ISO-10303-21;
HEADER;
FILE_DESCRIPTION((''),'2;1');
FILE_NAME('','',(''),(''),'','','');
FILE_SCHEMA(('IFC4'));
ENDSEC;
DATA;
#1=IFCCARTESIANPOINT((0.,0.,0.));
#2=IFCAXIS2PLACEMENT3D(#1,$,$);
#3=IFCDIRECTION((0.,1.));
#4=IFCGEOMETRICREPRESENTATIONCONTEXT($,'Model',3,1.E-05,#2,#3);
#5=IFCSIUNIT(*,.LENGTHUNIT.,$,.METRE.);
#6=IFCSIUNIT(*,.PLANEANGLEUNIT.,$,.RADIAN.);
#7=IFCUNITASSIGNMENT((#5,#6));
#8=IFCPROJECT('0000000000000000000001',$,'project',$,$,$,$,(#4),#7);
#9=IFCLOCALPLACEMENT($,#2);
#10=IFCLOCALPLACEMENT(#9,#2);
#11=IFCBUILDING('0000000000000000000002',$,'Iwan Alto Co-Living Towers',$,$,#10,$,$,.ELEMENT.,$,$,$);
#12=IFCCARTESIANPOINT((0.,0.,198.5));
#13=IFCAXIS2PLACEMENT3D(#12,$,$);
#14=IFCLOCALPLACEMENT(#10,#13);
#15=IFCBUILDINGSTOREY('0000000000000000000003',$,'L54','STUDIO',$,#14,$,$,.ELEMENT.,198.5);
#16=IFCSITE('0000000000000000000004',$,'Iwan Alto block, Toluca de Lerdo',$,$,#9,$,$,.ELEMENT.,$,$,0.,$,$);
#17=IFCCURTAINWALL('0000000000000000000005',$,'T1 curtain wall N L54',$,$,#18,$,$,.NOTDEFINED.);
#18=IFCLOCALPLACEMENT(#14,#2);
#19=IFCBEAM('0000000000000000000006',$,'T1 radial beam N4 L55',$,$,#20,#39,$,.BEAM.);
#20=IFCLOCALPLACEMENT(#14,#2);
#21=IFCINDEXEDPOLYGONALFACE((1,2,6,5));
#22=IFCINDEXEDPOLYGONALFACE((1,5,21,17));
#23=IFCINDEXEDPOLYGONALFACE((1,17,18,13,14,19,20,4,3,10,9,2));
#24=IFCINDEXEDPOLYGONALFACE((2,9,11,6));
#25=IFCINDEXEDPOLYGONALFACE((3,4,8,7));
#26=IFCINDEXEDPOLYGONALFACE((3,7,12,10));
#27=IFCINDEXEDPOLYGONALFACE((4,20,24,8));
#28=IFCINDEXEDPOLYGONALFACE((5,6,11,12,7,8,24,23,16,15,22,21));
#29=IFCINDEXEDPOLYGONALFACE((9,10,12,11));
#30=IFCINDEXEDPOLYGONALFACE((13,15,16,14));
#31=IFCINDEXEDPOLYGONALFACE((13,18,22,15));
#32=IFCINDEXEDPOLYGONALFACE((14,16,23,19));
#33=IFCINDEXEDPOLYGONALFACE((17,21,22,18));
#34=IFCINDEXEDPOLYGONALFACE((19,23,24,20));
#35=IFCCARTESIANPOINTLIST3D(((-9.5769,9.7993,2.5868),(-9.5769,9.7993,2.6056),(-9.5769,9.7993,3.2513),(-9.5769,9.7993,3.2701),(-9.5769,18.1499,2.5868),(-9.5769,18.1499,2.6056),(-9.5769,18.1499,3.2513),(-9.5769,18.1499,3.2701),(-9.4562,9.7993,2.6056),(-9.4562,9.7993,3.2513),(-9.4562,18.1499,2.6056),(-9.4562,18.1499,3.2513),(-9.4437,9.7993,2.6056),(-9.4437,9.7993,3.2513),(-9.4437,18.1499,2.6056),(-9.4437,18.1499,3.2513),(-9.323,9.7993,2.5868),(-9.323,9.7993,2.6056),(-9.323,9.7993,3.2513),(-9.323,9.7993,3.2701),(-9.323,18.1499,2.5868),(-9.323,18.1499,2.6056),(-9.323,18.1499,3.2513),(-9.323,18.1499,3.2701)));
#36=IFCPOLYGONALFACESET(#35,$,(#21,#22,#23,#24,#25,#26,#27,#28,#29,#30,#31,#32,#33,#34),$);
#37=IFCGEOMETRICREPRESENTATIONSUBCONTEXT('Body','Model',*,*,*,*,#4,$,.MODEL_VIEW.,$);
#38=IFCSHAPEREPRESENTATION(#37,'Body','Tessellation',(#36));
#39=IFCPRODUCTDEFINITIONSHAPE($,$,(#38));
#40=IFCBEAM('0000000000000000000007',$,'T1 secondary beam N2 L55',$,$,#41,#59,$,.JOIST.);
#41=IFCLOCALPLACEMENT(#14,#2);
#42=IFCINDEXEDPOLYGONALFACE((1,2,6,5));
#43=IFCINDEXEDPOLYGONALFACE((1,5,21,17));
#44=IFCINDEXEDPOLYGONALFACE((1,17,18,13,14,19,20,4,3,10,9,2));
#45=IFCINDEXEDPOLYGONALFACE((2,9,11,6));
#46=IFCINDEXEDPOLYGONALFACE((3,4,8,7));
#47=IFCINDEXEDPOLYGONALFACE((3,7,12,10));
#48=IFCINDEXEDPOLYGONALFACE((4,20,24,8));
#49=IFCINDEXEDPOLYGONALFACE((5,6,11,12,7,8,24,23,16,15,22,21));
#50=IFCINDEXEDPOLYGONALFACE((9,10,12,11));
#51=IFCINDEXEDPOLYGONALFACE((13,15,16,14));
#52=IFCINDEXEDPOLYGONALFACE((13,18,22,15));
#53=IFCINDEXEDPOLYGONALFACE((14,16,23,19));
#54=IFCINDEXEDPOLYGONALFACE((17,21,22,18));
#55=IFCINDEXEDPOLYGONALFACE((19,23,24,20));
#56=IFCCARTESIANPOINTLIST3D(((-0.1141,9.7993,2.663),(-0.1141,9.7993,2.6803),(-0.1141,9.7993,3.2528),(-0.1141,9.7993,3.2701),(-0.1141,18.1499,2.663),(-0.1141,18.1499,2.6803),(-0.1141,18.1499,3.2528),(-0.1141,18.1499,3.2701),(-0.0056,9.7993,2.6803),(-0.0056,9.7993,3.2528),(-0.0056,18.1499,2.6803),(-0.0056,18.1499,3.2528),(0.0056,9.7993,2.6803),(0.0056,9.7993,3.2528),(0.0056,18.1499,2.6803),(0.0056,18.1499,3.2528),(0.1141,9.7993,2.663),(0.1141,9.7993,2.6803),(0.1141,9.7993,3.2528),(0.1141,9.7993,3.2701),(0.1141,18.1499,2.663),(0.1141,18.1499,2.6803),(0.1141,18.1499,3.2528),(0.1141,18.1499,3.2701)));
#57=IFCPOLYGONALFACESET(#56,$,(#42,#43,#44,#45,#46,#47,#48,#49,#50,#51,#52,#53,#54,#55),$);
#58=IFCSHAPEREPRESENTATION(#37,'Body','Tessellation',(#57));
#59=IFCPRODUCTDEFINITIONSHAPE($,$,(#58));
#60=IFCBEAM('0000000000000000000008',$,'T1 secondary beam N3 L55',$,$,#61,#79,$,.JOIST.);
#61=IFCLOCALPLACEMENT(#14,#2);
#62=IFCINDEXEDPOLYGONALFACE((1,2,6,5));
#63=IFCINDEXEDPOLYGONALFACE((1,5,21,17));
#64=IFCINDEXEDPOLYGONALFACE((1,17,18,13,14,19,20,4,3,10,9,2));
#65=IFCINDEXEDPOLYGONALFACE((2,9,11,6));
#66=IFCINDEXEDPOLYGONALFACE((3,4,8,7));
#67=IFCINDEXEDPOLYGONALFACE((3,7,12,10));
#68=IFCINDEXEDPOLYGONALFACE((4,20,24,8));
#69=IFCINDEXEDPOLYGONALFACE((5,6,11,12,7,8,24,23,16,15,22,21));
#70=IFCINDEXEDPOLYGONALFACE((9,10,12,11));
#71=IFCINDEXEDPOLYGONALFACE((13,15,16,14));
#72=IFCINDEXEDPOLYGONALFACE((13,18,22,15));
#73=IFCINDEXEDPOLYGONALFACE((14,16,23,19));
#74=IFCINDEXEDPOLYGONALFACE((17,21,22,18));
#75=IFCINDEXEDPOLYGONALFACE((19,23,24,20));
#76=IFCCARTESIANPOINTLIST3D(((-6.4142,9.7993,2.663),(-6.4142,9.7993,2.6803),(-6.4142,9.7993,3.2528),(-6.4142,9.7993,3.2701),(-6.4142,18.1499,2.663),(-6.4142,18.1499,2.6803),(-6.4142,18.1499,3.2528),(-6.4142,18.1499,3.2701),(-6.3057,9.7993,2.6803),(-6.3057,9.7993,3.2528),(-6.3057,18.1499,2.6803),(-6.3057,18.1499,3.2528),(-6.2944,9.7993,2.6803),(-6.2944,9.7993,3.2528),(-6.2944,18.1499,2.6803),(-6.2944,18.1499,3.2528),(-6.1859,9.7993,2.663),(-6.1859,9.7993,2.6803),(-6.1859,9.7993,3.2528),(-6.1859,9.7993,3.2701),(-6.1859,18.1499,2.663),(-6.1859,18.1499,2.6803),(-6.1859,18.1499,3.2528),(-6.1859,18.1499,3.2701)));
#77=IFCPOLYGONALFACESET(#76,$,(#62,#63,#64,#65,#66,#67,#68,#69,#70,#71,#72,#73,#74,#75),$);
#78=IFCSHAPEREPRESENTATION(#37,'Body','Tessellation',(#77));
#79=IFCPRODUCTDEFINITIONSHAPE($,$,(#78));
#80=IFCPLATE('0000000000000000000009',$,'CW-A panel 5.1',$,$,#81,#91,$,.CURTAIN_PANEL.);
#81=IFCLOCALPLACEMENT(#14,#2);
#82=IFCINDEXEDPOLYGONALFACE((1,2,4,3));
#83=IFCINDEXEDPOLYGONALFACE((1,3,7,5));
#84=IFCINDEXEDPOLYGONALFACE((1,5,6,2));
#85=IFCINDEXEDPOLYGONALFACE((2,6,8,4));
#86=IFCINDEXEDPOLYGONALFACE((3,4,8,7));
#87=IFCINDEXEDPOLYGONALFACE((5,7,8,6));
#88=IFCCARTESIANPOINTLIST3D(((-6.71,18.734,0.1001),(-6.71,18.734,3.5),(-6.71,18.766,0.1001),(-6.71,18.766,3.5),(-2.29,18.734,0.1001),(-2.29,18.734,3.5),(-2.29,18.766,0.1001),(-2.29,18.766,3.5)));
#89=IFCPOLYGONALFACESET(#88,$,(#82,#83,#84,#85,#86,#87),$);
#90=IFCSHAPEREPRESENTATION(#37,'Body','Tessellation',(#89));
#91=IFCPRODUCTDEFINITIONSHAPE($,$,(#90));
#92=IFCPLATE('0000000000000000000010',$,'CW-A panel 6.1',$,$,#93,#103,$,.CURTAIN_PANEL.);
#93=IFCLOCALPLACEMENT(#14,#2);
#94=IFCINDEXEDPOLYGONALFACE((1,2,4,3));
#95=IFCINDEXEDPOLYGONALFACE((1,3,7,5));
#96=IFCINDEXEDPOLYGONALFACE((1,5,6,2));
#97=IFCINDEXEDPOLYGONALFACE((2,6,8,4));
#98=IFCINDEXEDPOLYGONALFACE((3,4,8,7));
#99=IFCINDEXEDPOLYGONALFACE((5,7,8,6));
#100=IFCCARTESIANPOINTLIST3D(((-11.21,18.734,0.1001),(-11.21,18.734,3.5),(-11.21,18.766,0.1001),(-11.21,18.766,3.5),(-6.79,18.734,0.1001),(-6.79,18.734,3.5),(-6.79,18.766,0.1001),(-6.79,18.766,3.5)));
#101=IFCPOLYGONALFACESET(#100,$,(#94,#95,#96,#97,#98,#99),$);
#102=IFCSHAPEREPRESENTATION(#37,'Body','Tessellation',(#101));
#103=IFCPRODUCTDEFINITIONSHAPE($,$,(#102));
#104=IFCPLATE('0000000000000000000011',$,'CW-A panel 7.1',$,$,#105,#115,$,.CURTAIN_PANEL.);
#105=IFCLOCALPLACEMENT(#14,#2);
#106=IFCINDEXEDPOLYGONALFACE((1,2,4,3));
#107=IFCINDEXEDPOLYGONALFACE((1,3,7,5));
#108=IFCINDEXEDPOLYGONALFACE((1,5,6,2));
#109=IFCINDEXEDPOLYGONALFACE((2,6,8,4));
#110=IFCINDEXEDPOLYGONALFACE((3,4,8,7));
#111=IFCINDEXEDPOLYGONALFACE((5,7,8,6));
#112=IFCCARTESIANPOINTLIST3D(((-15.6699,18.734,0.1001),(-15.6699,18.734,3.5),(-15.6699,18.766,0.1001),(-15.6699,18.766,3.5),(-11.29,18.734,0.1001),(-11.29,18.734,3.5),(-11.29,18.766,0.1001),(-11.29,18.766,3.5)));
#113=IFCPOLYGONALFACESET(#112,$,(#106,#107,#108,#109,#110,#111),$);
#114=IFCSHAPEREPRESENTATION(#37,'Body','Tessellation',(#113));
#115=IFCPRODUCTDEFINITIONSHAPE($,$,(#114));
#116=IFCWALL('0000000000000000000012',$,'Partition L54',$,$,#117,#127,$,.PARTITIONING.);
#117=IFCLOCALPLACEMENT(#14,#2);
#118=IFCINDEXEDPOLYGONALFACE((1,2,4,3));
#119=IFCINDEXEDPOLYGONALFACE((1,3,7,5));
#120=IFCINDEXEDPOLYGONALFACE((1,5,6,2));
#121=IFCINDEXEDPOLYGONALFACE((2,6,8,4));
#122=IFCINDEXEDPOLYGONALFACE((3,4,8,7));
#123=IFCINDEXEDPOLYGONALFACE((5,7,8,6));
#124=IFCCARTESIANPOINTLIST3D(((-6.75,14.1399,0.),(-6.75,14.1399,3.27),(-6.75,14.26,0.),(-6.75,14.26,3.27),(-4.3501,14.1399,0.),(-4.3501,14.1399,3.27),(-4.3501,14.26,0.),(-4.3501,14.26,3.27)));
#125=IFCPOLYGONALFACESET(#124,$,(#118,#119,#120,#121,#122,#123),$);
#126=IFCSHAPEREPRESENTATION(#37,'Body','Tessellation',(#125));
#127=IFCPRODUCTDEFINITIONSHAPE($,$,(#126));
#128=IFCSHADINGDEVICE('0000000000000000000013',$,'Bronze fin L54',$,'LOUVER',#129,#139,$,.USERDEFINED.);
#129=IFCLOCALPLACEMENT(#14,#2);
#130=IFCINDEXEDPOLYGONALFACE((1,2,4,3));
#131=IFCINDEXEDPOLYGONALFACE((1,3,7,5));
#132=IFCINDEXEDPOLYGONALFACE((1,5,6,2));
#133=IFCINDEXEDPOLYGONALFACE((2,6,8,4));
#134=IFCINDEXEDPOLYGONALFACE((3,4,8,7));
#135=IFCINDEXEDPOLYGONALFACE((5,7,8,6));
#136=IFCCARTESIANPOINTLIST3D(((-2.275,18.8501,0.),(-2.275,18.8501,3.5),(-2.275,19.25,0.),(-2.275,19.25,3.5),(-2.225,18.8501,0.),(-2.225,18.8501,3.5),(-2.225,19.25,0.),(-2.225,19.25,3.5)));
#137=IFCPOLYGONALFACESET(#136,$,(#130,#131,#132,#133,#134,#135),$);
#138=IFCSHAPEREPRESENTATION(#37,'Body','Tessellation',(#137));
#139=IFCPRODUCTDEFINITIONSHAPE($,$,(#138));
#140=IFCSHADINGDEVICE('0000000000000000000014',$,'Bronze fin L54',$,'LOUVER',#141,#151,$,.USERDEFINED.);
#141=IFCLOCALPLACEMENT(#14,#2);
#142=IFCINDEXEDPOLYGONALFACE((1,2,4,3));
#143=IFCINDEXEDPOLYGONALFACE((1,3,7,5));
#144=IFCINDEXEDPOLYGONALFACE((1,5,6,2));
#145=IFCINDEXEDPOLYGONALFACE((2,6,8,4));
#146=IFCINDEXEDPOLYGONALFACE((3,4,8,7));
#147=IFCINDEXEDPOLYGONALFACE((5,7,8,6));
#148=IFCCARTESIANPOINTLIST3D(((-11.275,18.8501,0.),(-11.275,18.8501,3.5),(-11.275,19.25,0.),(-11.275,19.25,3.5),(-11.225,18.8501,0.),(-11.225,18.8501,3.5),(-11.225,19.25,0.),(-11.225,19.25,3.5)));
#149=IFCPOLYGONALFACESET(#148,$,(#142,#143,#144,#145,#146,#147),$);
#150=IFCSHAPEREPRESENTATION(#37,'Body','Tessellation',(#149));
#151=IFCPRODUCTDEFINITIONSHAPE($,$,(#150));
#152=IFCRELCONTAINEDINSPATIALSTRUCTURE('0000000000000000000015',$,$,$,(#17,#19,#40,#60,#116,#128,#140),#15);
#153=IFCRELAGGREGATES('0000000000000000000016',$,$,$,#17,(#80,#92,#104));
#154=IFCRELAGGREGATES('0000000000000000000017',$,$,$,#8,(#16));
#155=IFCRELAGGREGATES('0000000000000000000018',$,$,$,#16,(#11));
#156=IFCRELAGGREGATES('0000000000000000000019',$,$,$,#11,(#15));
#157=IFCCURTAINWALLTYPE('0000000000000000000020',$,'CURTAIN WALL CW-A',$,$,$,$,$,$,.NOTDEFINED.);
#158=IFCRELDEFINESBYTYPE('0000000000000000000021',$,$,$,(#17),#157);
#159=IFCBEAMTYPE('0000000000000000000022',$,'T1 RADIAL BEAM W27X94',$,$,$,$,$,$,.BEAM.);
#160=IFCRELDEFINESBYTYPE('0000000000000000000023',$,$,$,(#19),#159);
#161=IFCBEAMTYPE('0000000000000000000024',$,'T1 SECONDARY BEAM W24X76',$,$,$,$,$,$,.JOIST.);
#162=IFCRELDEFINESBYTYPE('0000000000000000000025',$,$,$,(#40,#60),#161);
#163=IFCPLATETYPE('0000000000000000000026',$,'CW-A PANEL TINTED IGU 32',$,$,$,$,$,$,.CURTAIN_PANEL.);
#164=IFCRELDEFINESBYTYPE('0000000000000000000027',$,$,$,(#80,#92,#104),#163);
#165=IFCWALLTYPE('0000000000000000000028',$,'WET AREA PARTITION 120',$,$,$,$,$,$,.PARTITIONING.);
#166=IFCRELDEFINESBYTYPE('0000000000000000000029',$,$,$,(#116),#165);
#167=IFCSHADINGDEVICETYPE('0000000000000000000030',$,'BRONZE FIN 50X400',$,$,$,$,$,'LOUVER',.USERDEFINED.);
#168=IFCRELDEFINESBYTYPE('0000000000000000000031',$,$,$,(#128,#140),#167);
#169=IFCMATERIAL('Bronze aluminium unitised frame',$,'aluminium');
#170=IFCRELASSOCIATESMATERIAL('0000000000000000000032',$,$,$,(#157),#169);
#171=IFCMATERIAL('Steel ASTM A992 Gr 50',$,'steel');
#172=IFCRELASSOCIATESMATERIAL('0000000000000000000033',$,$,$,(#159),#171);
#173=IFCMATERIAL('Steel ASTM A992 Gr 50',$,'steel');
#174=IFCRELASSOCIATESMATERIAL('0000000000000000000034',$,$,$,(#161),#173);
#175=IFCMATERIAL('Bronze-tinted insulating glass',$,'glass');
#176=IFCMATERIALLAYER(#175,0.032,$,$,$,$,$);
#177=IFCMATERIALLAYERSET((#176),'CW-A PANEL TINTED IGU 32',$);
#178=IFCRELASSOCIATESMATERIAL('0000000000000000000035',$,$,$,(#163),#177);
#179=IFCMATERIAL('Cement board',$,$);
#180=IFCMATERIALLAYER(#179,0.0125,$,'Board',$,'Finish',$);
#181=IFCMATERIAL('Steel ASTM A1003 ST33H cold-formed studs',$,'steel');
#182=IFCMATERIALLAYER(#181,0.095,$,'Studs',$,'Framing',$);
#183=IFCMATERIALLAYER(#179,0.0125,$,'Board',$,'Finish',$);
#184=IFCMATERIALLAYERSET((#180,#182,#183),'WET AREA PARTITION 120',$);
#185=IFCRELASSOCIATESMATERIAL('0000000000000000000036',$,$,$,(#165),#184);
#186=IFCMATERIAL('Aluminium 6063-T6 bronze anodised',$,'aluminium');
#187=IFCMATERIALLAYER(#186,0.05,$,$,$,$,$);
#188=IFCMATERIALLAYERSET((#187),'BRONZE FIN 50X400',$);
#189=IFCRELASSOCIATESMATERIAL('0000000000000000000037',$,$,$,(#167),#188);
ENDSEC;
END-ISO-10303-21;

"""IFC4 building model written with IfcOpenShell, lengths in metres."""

from ifc_helpers import new_model, si_unit, direction, frame, frame_2d, origin, origin_2d, place, context, subcontext, project, spatial, rectangle, i_section, extrude, material, layer, layer_set, material_profile, profile_set, type_object, element, aggregate, save


model = new_model("IFC4")

# Units and contexts
model_context = context("Model", 3, precision=1e-05, world=origin(), true_north=direction((0.0, 1.0)))
body_context = subcontext(model_context, "Body", "Model", "MODEL_VIEW")
ifc_project = project(units=[si_unit("LENGTHUNIT", "METRE"), si_unit("PLANEANGLEUNIT", "RADIAN")], contexts=[model_context])

# Site, building, storey
site_placement = place(None, origin())
site = spatial("IfcSite", under=ifc_project, at=site_placement, Name="Iwan Alto block, Toluca de Lerdo", CompositionType="ELEMENT", RefElevation=0.0)
building_placement = place(site_placement, origin())
building = spatial("IfcBuilding", under=site, at=building_placement, Name="Iwan Alto Co-Living Towers", CompositionType="ELEMENT")
storey_placement = place(building_placement, frame((0.0, 0.0, 198.5)))
storey = spatial("IfcBuildingStorey", under=building, at=storey_placement, Name="L54", Description="STUDIO", CompositionType="ELEMENT", Elevation=198.5)

# Curtain wall
ifc_material_1 = material(Name="Bronze aluminium unitised frame", Category="aluminium")
curtain_wall_type = type_object("IfcCurtainWallType", Name="CURTAIN WALL CW-A", PredefinedType="NOTDEFINED", material=ifc_material_1)
curtain_wall_placement = place(storey_placement, origin())
curtain_wall = element("IfcCurtainWall", 1, at=curtain_wall_placement, inside=storey, type_object=curtain_wall_type, Name="T1 curtain wall N L54", PredefinedType="NOTDEFINED")

# Beams
ifc_material_2 = material(Name="Steel ASTM A992 Gr 50", Category="steel")
ifc_material_profile_1 = material_profile(ifc_material_2, i_section(OverallWidth=0.2539, OverallDepth=0.6833, WebThickness=0.0125, FlangeThickness=0.0188, at=origin_2d()), Name="W27X94")
ifc_profile_set_1 = profile_set([ifc_material_profile_1], Name="Steel ASTM A992 Gr 50")
beam_type_1 = type_object("IfcBeamType", Name="T1 RADIAL BEAM W27X94", PredefinedType="BEAM", material=ifc_profile_set_1)
for number, where, z_axis, x_axis, name in (
    (2, (-9.45, 18.1499, 2.9285), (0.0, -1.0, 0.0), (1.0, 0.0, 0.0), "T1 radial beam N4 L55"),
):
    element("IfcBeam", number, at=place(storey_placement, frame(where, z_axis=z_axis, x_axis=x_axis)), inside=storey, type_object=beam_type_1, Name=name, PredefinedType="BEAM", context=body_context, shape_type="SweptSolid", body=[
        extrude(i_section(OverallWidth=0.2539, OverallDepth=0.6833, WebThickness=0.0125, FlangeThickness=0.0188, at=origin_2d()), origin(), (0.0, 0.0, 1.0), 8.3506),
    ])
ifc_material_3 = material(Name="Steel ASTM A992 Gr 50", Category="steel")
ifc_material_profile_2 = material_profile(ifc_material_3, i_section(OverallWidth=0.2283, OverallDepth=0.6072, WebThickness=0.0112, FlangeThickness=0.0173, at=origin_2d()), Name="W24X76")
ifc_profile_set_2 = profile_set([ifc_material_profile_2], Name="Steel ASTM A992 Gr 50")
beam_type_2 = type_object("IfcBeamType", Name="T1 SECONDARY BEAM W24X76", PredefinedType="JOIST", material=ifc_profile_set_2)
for number, where, z_axis, x_axis, name in (
    (3, (0.0, 18.1499, 2.9666), (0.0, -1.0, 0.0), (1.0, 0.0, 0.0), "T1 secondary beam N2 L55"),
    (4, (-6.3, 18.1499, 2.9666), (0.0, -1.0, 0.0), (1.0, 0.0, 0.0), "T1 secondary beam N3 L55"),
):
    element("IfcBeam", number, at=place(storey_placement, frame(where, z_axis=z_axis, x_axis=x_axis)), inside=storey, type_object=beam_type_2, Name=name, PredefinedType="JOIST", context=body_context, shape_type="SweptSolid", body=[
        extrude(i_section(OverallWidth=0.2283, OverallDepth=0.6072, WebThickness=0.0112, FlangeThickness=0.0173, at=origin_2d()), origin(), (0.0, 0.0, 1.0), 8.3506),
    ])

# Plates
ifc_material_4 = material(Name="Bronze-tinted insulating glass", Category="glass")
ifc_layer_1 = layer(ifc_material_4, 0.032)
ifc_layer_set_1 = layer_set([ifc_layer_1], Name="CW-A PANEL TINTED IGU 32")
plate_type = type_object("IfcPlateType", Name="CW-A PANEL TINTED IGU 32", PredefinedType="CURTAIN_PANEL", material=ifc_layer_set_1)
plate_1_placement = place(storey_placement, frame((-4.5, 18.75, 0.1001), z_axis=(0.0, 0.0, 1.0), x_axis=(-1.0, 0.0, 0.0)))
plate_1 = element("IfcPlate", 5, at=plate_1_placement, type_object=plate_type, Name="CW-A panel 5.1", PredefinedType="CURTAIN_PANEL", context=body_context, shape_type="SweptSolid", body=[
    extrude(rectangle(XDim=4.4199, YDim=0.032, at=origin_2d()), origin(), (0.0, 0.0, 1.0), 3.3999),
])
plate_2_placement = place(storey_placement, frame((-9.0, 18.75, 0.1001), z_axis=(0.0, 0.0, 1.0), x_axis=(-1.0, 0.0, 0.0)))
plate_2 = element("IfcPlate", 6, at=plate_2_placement, type_object=plate_type, Name="CW-A panel 6.1", PredefinedType="CURTAIN_PANEL", context=body_context, shape_type="SweptSolid", body=[
    extrude(rectangle(XDim=4.4199, YDim=0.032, at=origin_2d()), origin(), (0.0, 0.0, 1.0), 3.3999),
])
plate_3_placement = place(storey_placement, frame((-13.48, 18.75, 0.1001), z_axis=(0.0, 0.0, 1.0), x_axis=(-1.0, 0.0, 0.0)))
plate_3 = element("IfcPlate", 7, at=plate_3_placement, type_object=plate_type, Name="CW-A panel 7.1", PredefinedType="CURTAIN_PANEL", context=body_context, shape_type="SweptSolid", body=[
    extrude(rectangle(XDim=4.3799, YDim=0.032, at=origin_2d()), origin(), (0.0, 0.0, 1.0), 3.3999),
])
aggregate(curtain_wall, [plate_1, plate_2, plate_3])

# Wall
ifc_material_5 = material(Name="Cement board")
ifc_layer_2 = layer(ifc_material_5, 0.0125, Name="Board", Category="Finish")
ifc_material_6 = material(Name="Steel ASTM A1003 ST33H cold-formed studs", Category="steel")
ifc_layer_3 = layer(ifc_material_6, 0.095, Name="Studs", Category="Framing")
ifc_layer_4 = layer(ifc_material_5, 0.0125, Name="Board", Category="Finish")
ifc_layer_set_2 = layer_set([ifc_layer_2, ifc_layer_3, ifc_layer_4], Name="WET AREA PARTITION 120")
wall_type = type_object("IfcWallType", Name="WET AREA PARTITION 120", PredefinedType="PARTITIONING", material=ifc_layer_set_2)
wall_placement = place(storey_placement, frame((-6.75, 14.2, 0.0), z_axis=(0.0, 0.0, 1.0), x_axis=(1.0, 0.0, 0.0)))
element("IfcWall", 8, at=wall_placement, inside=storey, type_object=wall_type, Name="Partition L54", PredefinedType="PARTITIONING", context=body_context, shape_type="SweptSolid", body=[
    extrude(rectangle(XDim=2.3999, YDim=0.1201, at=frame_2d((1.2, 0.0))), origin(), (0.0, 0.0, 1.0), 3.27),
])

# Shading devices
ifc_material_7 = material(Name="Aluminium 6063-T6 bronze anodised", Category="aluminium")
ifc_layer_5 = layer(ifc_material_7, 0.05)
ifc_layer_set_3 = layer_set([ifc_layer_5], Name="BRONZE FIN 50X400")
shading_device_type = type_object("IfcShadingDeviceType", Name="BRONZE FIN 50X400", ElementType="LOUVER", PredefinedType="USERDEFINED", material=ifc_layer_set_3)
for number, where, z_axis, x_axis, name in (
    (9, (-2.25, 19.05, 0.0), (0.0, 0.0, 1.0), (-1.0, 0.0, 0.0), "Bronze fin L54"),
    (10, (-11.25, 19.05, 0.0), (0.0, 0.0, 1.0), (-1.0, 0.0, 0.0), "Bronze fin L54"),
):
    element("IfcShadingDevice", number, at=place(storey_placement, frame(where, z_axis=z_axis, x_axis=x_axis)), inside=storey, type_object=shading_device_type, Name=name, ObjectType="LOUVER", PredefinedType="USERDEFINED", context=body_context, shape_type="SweptSolid", body=[
        extrude(rectangle(XDim=0.05, YDim=0.3999, at=origin_2d()), origin(), (0.0, 0.0, 1.0), 3.5),
    ])

save(model, "model.ifc")
